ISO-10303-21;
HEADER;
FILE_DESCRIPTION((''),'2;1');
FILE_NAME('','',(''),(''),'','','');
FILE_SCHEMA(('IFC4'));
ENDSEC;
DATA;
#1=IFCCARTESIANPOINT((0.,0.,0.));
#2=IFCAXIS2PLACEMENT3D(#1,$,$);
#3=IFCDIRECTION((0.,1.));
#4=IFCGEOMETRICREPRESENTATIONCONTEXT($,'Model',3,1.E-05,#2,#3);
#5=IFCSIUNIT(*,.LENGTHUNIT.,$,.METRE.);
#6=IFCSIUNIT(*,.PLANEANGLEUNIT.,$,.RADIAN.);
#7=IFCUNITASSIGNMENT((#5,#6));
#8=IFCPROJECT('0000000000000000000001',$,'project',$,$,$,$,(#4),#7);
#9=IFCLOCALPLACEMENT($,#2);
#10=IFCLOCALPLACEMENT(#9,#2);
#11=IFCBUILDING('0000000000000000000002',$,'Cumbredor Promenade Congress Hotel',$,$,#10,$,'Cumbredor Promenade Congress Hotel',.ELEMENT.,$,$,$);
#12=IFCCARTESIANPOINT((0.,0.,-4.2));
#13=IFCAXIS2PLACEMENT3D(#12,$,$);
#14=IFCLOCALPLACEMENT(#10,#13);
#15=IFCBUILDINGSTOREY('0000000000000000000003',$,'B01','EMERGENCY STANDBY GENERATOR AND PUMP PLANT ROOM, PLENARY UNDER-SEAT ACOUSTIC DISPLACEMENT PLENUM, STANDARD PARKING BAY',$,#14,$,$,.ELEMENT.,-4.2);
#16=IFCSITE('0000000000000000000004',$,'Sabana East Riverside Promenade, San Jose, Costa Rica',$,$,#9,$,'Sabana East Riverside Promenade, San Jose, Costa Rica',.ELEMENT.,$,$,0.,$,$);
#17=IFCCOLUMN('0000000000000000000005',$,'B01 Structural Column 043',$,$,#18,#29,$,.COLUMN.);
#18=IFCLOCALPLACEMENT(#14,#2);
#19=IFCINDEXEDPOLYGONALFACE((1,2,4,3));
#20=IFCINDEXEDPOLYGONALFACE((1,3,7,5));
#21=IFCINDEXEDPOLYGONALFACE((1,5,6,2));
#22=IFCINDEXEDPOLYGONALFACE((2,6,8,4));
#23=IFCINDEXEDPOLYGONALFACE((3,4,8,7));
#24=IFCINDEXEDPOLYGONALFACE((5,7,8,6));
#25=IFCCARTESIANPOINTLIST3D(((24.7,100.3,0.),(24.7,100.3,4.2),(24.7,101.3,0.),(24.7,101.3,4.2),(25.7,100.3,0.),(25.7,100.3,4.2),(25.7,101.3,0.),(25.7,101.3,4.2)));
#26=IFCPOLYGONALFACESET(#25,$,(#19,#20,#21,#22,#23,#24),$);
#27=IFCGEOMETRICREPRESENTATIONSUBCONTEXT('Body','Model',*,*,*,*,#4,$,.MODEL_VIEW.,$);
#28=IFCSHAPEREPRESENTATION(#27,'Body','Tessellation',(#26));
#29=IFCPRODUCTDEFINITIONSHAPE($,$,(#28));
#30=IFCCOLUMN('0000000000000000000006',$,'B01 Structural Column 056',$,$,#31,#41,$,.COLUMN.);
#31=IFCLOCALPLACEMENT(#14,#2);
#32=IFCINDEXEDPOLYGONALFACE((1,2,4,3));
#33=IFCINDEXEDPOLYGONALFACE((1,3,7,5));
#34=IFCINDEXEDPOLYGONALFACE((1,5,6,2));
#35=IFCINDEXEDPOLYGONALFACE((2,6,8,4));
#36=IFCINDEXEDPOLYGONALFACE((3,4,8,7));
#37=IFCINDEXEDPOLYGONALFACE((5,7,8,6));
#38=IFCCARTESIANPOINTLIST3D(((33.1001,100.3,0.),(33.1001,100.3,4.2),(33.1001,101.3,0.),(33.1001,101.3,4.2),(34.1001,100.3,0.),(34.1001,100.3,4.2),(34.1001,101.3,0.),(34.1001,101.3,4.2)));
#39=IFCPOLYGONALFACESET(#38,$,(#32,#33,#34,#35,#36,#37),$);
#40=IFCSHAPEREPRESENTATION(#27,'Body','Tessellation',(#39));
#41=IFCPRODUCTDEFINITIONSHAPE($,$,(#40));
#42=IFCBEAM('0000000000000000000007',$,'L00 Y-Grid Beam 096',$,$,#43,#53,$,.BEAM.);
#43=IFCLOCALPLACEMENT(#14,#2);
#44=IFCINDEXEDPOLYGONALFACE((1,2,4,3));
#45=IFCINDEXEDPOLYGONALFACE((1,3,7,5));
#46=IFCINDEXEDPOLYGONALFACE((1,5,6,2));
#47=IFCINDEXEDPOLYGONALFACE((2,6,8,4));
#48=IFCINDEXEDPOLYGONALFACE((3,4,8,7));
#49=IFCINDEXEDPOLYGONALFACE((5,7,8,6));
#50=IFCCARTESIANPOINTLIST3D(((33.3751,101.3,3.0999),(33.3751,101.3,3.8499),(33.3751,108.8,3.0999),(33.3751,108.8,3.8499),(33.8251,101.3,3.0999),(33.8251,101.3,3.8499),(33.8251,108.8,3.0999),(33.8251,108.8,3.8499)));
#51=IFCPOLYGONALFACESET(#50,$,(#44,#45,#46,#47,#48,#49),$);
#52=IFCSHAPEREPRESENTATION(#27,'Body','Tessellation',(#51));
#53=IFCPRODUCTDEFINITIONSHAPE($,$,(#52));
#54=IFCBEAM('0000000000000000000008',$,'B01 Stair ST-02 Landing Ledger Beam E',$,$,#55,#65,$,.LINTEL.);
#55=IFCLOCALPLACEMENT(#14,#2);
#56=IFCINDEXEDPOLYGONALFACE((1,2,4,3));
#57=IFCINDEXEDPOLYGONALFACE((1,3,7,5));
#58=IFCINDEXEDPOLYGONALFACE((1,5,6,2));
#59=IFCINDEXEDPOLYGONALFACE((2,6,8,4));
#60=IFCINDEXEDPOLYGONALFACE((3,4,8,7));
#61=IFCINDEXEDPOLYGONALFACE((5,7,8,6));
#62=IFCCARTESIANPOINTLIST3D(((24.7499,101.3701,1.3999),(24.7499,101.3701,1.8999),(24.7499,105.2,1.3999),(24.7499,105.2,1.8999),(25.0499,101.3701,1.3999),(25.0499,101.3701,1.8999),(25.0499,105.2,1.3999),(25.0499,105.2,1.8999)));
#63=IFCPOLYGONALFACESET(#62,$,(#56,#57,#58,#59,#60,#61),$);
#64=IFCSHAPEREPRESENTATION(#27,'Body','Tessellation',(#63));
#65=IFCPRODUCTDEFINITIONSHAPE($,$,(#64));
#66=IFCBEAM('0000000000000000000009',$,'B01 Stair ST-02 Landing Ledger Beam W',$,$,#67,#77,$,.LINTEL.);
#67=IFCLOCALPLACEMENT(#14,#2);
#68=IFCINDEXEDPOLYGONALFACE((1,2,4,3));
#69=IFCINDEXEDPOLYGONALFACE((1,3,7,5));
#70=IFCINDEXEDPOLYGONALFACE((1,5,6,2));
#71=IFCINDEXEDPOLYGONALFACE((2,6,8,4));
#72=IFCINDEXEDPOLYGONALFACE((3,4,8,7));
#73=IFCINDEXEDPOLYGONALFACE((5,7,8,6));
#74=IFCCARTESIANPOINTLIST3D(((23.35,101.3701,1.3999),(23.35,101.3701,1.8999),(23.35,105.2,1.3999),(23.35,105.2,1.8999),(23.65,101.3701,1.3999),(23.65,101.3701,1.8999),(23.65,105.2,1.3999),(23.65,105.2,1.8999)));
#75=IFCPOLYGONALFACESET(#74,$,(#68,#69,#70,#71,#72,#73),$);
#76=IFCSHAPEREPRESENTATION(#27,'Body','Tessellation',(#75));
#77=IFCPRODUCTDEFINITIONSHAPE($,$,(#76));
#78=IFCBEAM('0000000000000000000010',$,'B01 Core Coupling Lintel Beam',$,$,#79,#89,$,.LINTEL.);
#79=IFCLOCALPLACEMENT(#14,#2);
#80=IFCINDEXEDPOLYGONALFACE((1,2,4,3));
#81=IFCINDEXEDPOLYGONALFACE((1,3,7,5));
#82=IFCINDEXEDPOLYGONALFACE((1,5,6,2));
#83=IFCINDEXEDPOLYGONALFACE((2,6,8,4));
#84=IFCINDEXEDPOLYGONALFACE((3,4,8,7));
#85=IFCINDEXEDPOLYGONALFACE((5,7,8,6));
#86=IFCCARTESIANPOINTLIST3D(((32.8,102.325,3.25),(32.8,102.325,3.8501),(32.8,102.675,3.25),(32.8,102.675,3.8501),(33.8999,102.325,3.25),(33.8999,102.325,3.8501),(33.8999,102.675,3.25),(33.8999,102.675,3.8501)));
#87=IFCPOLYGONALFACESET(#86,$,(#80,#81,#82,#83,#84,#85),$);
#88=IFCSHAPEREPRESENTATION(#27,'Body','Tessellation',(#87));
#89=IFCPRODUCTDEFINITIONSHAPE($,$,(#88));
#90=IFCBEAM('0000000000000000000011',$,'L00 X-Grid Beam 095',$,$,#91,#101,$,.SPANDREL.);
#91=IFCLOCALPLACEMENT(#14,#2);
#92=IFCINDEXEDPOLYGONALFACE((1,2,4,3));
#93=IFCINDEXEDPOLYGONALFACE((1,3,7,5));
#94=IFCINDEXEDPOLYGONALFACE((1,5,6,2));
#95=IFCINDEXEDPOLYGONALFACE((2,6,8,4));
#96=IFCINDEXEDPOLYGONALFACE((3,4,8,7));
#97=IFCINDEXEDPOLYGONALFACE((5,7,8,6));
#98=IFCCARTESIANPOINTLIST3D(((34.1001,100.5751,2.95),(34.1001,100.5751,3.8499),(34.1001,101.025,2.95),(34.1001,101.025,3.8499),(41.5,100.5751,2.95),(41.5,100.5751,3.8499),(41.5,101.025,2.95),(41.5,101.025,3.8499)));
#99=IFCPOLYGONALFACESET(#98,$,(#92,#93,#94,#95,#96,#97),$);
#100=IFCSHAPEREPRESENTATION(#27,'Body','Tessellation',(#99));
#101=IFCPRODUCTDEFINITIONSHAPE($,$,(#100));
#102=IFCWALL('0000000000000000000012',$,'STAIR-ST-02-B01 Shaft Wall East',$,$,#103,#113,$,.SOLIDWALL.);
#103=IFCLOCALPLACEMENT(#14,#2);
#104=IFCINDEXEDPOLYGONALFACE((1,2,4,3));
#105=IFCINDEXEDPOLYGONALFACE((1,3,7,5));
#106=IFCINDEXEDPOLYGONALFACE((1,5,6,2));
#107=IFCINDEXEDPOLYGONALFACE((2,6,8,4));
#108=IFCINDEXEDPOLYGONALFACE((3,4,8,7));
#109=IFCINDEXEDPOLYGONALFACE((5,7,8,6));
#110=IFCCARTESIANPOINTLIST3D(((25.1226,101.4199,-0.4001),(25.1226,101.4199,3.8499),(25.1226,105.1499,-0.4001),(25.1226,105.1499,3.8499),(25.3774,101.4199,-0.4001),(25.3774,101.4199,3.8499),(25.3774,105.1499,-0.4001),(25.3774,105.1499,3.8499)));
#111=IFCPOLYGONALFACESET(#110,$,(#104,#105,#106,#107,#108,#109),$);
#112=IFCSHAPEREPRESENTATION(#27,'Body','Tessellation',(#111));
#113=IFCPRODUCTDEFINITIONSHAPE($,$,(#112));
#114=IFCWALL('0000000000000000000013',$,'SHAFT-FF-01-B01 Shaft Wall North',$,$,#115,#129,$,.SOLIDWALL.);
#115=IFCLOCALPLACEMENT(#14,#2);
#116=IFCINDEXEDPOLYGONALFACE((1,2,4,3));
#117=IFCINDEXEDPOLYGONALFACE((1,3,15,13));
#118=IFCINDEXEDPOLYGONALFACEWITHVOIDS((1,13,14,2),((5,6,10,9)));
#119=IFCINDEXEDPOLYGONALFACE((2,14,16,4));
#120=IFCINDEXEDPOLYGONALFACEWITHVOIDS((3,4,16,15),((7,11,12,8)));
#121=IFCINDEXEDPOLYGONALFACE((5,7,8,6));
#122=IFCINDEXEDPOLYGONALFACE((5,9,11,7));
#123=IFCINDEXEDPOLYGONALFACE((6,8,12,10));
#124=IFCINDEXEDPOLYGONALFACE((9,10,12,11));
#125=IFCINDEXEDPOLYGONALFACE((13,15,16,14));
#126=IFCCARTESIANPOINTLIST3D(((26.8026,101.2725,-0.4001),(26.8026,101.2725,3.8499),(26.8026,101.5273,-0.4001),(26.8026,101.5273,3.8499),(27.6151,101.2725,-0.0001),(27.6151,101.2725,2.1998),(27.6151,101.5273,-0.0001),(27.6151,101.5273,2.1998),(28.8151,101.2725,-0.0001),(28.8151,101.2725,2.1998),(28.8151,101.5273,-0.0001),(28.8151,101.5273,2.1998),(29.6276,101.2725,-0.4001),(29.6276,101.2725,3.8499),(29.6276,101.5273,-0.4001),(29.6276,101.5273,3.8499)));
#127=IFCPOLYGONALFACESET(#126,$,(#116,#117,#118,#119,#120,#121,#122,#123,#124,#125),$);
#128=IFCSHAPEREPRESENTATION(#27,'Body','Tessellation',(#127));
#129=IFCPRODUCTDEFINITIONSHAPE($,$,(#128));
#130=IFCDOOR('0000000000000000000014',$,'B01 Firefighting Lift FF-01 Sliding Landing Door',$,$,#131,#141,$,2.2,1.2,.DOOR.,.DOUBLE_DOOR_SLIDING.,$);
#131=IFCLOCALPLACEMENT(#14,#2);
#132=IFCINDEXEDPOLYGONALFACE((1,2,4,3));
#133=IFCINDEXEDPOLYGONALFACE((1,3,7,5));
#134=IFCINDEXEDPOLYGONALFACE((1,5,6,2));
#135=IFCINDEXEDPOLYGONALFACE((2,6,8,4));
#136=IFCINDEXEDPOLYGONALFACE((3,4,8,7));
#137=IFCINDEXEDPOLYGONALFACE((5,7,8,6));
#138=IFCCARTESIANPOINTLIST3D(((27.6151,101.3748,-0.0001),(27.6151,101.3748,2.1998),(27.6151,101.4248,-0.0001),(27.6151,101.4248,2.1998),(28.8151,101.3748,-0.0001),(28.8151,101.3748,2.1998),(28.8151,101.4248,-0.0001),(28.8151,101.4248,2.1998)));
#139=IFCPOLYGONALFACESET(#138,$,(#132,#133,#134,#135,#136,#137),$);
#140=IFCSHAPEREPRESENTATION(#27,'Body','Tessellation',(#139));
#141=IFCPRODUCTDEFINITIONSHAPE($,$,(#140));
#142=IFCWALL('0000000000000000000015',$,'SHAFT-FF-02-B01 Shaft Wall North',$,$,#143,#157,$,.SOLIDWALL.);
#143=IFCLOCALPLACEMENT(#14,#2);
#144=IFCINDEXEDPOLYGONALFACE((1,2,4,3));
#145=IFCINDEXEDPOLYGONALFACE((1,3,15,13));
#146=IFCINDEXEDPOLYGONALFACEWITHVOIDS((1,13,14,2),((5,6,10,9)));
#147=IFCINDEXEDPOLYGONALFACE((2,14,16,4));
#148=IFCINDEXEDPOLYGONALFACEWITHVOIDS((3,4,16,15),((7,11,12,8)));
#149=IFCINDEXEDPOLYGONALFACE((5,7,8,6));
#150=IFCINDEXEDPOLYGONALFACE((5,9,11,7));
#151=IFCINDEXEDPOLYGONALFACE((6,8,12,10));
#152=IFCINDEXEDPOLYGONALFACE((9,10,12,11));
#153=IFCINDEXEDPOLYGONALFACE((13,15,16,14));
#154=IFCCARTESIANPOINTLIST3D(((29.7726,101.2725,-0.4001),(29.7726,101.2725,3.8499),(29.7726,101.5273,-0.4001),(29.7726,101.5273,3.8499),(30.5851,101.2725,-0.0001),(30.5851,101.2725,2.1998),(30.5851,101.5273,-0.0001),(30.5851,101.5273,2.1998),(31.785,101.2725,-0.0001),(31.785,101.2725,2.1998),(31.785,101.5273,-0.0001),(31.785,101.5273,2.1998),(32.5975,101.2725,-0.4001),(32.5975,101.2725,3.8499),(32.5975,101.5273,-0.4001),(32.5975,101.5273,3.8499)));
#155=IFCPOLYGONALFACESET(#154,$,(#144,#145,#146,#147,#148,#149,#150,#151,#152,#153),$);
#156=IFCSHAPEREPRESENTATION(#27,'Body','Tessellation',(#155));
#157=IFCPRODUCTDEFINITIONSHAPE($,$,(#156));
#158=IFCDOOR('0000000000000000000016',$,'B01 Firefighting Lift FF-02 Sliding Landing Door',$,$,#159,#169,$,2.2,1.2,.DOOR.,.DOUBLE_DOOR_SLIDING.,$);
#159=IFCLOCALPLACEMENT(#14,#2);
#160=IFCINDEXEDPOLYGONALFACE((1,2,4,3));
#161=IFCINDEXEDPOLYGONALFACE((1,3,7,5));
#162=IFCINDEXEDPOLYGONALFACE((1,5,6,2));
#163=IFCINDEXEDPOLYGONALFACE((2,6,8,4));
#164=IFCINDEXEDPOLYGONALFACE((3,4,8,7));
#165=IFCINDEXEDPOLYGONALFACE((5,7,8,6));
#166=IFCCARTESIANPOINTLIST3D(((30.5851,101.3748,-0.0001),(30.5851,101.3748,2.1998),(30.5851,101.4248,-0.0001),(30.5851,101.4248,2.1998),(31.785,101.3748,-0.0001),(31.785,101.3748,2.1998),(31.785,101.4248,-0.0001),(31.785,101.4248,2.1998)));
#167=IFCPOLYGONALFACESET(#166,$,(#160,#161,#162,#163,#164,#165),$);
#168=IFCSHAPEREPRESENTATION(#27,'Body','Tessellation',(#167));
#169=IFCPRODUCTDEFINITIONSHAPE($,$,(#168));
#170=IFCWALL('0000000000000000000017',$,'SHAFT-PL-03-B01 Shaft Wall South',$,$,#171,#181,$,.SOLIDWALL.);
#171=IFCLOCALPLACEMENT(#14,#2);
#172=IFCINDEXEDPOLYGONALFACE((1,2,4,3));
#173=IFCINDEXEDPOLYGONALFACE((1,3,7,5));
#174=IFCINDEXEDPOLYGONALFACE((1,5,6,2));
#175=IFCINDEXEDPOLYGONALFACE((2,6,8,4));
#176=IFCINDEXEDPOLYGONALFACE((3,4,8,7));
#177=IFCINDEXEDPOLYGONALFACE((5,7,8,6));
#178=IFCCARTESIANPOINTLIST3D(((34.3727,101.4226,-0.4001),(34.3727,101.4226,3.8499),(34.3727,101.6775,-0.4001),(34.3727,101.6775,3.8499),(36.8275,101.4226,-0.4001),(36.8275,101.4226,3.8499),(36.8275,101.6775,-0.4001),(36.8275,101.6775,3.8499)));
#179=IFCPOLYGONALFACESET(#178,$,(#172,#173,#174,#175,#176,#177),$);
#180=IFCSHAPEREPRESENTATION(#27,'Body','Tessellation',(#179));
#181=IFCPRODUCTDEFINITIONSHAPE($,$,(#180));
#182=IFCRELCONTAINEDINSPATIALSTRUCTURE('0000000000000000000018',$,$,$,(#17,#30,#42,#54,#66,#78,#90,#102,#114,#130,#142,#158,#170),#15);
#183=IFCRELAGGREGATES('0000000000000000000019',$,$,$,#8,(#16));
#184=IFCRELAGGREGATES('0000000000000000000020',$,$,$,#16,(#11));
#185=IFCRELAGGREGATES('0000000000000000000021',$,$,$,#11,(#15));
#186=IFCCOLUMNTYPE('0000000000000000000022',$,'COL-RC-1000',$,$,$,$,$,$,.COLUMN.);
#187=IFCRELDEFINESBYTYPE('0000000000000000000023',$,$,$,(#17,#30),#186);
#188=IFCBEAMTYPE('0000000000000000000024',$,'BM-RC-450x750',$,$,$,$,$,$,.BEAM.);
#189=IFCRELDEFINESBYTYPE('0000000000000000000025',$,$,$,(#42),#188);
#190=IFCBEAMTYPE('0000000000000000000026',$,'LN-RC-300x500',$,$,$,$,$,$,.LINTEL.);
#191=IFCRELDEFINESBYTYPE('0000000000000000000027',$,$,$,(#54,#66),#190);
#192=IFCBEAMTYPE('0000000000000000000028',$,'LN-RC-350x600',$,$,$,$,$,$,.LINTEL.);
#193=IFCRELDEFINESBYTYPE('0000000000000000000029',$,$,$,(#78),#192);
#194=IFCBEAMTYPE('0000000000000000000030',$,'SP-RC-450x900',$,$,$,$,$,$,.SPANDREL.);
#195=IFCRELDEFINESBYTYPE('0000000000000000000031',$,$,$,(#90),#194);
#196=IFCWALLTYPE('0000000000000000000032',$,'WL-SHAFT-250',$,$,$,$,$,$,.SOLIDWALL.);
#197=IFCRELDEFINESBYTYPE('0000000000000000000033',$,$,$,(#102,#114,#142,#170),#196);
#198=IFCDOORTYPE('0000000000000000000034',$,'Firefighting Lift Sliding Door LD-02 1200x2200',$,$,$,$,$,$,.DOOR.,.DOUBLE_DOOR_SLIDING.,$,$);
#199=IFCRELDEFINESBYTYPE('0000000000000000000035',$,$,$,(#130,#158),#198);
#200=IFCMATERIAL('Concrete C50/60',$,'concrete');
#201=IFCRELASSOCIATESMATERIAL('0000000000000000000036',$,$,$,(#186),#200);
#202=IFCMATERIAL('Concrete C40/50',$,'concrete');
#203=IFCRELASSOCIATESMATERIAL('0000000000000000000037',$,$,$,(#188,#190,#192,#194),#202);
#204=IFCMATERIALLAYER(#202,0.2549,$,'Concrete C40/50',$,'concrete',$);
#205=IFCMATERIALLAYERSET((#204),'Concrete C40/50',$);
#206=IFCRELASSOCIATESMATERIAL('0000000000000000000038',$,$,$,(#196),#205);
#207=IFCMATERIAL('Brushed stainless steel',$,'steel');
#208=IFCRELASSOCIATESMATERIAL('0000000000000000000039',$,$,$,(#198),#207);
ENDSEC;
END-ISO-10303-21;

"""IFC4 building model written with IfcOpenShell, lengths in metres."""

from ifc_helpers import new_model, si_unit, direction, frame, frame_2d, origin, origin_2d, place, context, subcontext, project, spatial, rectangle, extrude, material, layer, layer_set, material_profile, profile_set, type_object, element, fill, save


model = new_model("IFC4")

# Units and contexts
model_context = context("Model", 3, precision=1e-05, world=origin(), true_north=direction((0.0, 1.0)))
body_context = subcontext(model_context, "Body", "Model", "MODEL_VIEW")
ifc_project = project(units=[si_unit("LENGTHUNIT", "METRE"), si_unit("PLANEANGLEUNIT", "RADIAN")], contexts=[model_context])

# Site, building, storey
site_placement = place(None, origin())
site = spatial("IfcSite", under=ifc_project, at=site_placement, Name="Sabana East Riverside Promenade, San Jose, Costa Rica", LongName="Sabana East Riverside Promenade, San Jose, Costa Rica", CompositionType="ELEMENT", RefElevation=0.0)
building_placement = place(site_placement, origin())
building = spatial("IfcBuilding", under=site, at=building_placement, Name="Cumbredor Promenade Congress Hotel", LongName="Cumbredor Promenade Congress Hotel", CompositionType="ELEMENT")
storey_placement = place(building_placement, frame((0.0, 0.0, -4.2)))
storey = spatial("IfcBuildingStorey", under=building, at=storey_placement, Name="B01", Description="EMERGENCY STANDBY GENERATOR AND PUMP PLANT ROOM, PLENARY UNDER-SEAT ACOUSTIC DISPLACEMENT PLENUM, STANDARD PARKING BAY", CompositionType="ELEMENT", Elevation=-4.2)

# Columns
ifc_material_1 = material(Name="Concrete C50/60", Category="concrete")
ifc_material_profile_1 = material_profile(ifc_material_1, rectangle(XDim=1.0, YDim=1.0, at=origin_2d()), Name="RC 1000x1000")
ifc_profile_set_1 = profile_set([ifc_material_profile_1], Name="Concrete C50/60")
column_type = type_object("IfcColumnType", Name="COL-RC-1000", PredefinedType="COLUMN", material=ifc_profile_set_1)
for number, where, z_axis, x_axis, name in (
    (1, (25.2, 100.8, 0.0), (0.0, 0.0, 1.0), (1.0, 0.0, 0.0), "B01 Structural Column 043"),
    (2, (33.6001, 100.8, 0.0), (0.0, 0.0, 1.0), (1.0, 0.0, 0.0), "B01 Structural Column 056"),
):
    element("IfcColumn", number, at=place(storey_placement, frame(where, z_axis=z_axis, x_axis=x_axis)), inside=storey, type_object=column_type, Name=name, PredefinedType="COLUMN", context=body_context, shape_type="SweptSolid", body=[
        extrude(rectangle(XDim=1.0, YDim=1.0, at=origin_2d()), origin(), (0.0, 0.0, 1.0), 4.2),
    ])

# Beams
ifc_material_2 = material(Name="Concrete C40/50", Category="concrete")
ifc_material_profile_2 = material_profile(ifc_material_2, rectangle(XDim=0.45, YDim=0.75, at=origin_2d()), Name="RC BEAM 450x750")
ifc_profile_set_2 = profile_set([ifc_material_profile_2], Name="Concrete C40/50")
beam_type_1 = type_object("IfcBeamType", Name="BM-RC-450x750", PredefinedType="BEAM", material=ifc_profile_set_2)
beam_1_placement = place(storey_placement, frame((33.6001, 101.3, 3.4749), z_axis=(0.0, 1.0, 0.0), x_axis=(-1.0, 0.0, 0.0)))
element("IfcBeam", 3, at=beam_1_placement, inside=storey, type_object=beam_type_1, Name="L00 Y-Grid Beam 096", PredefinedType="BEAM", context=body_context, shape_type="SweptSolid", body=[
    extrude(rectangle(XDim=0.45, YDim=0.75, at=origin_2d()), origin(), (0.0, 0.0, 1.0), 7.5),
])
ifc_material_profile_3 = material_profile(ifc_material_2, rectangle(XDim=0.3, YDim=0.5, at=origin_2d()), Name="RC LINTEL 300x500")
ifc_profile_set_3 = profile_set([ifc_material_profile_3], Name="Concrete C40/50")
beam_type_2 = type_object("IfcBeamType", Name="LN-RC-300x500", PredefinedType="LINTEL", material=ifc_profile_set_3)
for number, where, z_axis, x_axis, name in (
    (4, (24.8999, 101.3701, 1.6499), (0.0, 1.0, 0.0), (-1.0, 0.0, 0.0), "B01 Stair ST-02 Landing Ledger Beam E"),
    (5, (23.5, 101.3701, 1.6499), (0.0, 1.0, 0.0), (-1.0, 0.0, 0.0), "B01 Stair ST-02 Landing Ledger Beam W"),
):
    element("IfcBeam", number, at=place(storey_placement, frame(where, z_axis=z_axis, x_axis=x_axis)), inside=storey, type_object=beam_type_2, Name=name, PredefinedType="LINTEL", context=body_context, shape_type="SweptSolid", body=[
        extrude(rectangle(XDim=0.3, YDim=0.5, at=origin_2d()), origin(), (0.0, 0.0, 1.0), 3.8298),
    ])
ifc_material_profile_4 = material_profile(ifc_material_2, rectangle(XDim=0.3501, YDim=0.6001, at=origin_2d()), Name="RC LINTEL 350x600")
ifc_profile_set_4 = profile_set([ifc_material_profile_4], Name="Concrete C40/50")
beam_type_3 = type_object("IfcBeamType", Name="LN-RC-350x600", PredefinedType="LINTEL", material=ifc_profile_set_4)
beam_2_placement = place(storey_placement, frame((32.8, 102.5, 3.55), z_axis=(1.0, 0.0, 0.0), x_axis=(0.0, 1.0, 0.0)))
element("IfcBeam", 6, at=beam_2_placement, inside=storey, type_object=beam_type_3, Name="B01 Core Coupling Lintel Beam", PredefinedType="LINTEL", context=body_context, shape_type="SweptSolid", body=[
    extrude(rectangle(XDim=0.3501, YDim=0.6001, at=origin_2d()), origin(), (0.0, 0.0, 1.0), 1.0999),
])
ifc_material_profile_5 = material_profile(ifc_material_2, rectangle(XDim=0.45, YDim=0.8999, at=origin_2d()), Name="RC SPANDREL 450x900")
ifc_profile_set_5 = profile_set([ifc_material_profile_5], Name="Concrete C40/50")
beam_type_4 = type_object("IfcBeamType", Name="SP-RC-450x900", PredefinedType="SPANDREL", material=ifc_profile_set_5)
beam_3_placement = place(storey_placement, frame((34.1001, 100.8, 3.3999), z_axis=(1.0, 0.0, 0.0), x_axis=(0.0, 1.0, 0.0)))
element("IfcBeam", 7, at=beam_3_placement, inside=storey, type_object=beam_type_4, Name="L00 X-Grid Beam 095", PredefinedType="SPANDREL", context=body_context, shape_type="SweptSolid", body=[
    extrude(rectangle(XDim=0.45, YDim=0.8999, at=origin_2d()), origin(), (0.0, 0.0, 1.0), 7.3999),
])

# Wall
ifc_layer_1 = layer(ifc_material_2, 0.2549, Name="Concrete C40/50", Category="concrete")
ifc_layer_set_1 = layer_set([ifc_layer_1], Name="Concrete C40/50")
wall_type_1 = type_object("IfcWallType", Name="WL-SHAFT-250", PredefinedType="SOLIDWALL", material=ifc_layer_set_1)
wall_1_placement = place(storey_placement, frame((25.25, 101.4199, -0.4001), z_axis=(0.0, 0.0, 1.0), x_axis=(0.0, 1.0, 0.0)))
element("IfcWall", 8, at=wall_1_placement, inside=storey, type_object=wall_type_1, Name="STAIR-ST-02-B01 Shaft Wall East", PredefinedType="SOLIDWALL", context=body_context, shape_type="SweptSolid", body=[
    extrude(rectangle(XDim=3.73, YDim=0.2549, at=frame_2d((1.865, 0.0))), origin(), (0.0, 0.0, 1.0), 4.25),
])

# Walls, openings, doors
wall_2_placement = place(storey_placement, frame((26.8025, 101.3999, -0.4001), z_axis=(0.0, 0.0, 1.0), x_axis=(1.0, 0.0, 0.0)))
wall_2 = element("IfcWall", 9, at=wall_2_placement, inside=storey, type_object=wall_type_1, Name="SHAFT-FF-01-B01 Shaft Wall North", PredefinedType="SOLIDWALL", context=body_context, shape_type="SweptSolid", body=[
    extrude(rectangle(XDim=2.825, YDim=0.2549, at=frame_2d((1.4126, 0.0))), origin(), (0.0, 0.0, 1.0), 4.25),
])
opening_1_placement = place(wall_2_placement, frame((0.8125, 0.0, 0.3999)))
opening_1 = element("IfcOpeningElement", 10, at=opening_1_placement, cuts=wall_2, PredefinedType="OPENING", context=body_context, shape_type="SweptSolid", body=[
    extrude(rectangle(XDim=1.2, YDim=2.2, at=frame_2d((0.6001, 1.1001))), frame((0.0, 0.1375, 0.0), z_axis=(0.0, -1.0, 0.0), x_axis=(1.0, 0.0, 0.0)), (0.0, 0.0, 1.0), 0.2749),
])
ifc_material_3 = material(Name="Brushed stainless steel", Category="steel")
door_type_1 = type_object("IfcDoorType", Name="Firefighting Lift Sliding Door LD-02 1200x2200", OperationType="DOUBLE_DOOR_SLIDING", PredefinedType="DOOR", material=ifc_material_3)
door_1_placement = place(opening_1_placement, origin())
door_1 = element("IfcDoor", 11, at=door_1_placement, inside=storey, type_object=door_type_1, Name="B01 Firefighting Lift FF-01 Sliding Landing Door", OperationType="DOUBLE_DOOR_SLIDING", OverallHeight=2.2, OverallWidth=1.2, PredefinedType="DOOR", context=body_context, shape_type="SweptSolid", body=[
    extrude(rectangle(XDim=1.2, YDim=2.2, at=frame_2d((0.6001, 1.1001))), frame((0.0, 0.0249, 0.0), z_axis=(0.0, -1.0, 0.0), x_axis=(1.0, 0.0, 0.0)), (0.0, 0.0, 1.0), 0.05),
])
fill(opening_1, door_1)
wall_3_placement = place(storey_placement, frame((29.7725, 101.3999, -0.4001), z_axis=(0.0, 0.0, 1.0), x_axis=(1.0, 0.0, 0.0)))
wall_3 = element("IfcWall", 12, at=wall_3_placement, inside=storey, type_object=wall_type_1, Name="SHAFT-FF-02-B01 Shaft Wall North", PredefinedType="SOLIDWALL", context=body_context, shape_type="SweptSolid", body=[
    extrude(rectangle(XDim=2.825, YDim=0.2549, at=frame_2d((1.4126, 0.0))), origin(), (0.0, 0.0, 1.0), 4.25),
])
opening_2_placement = place(wall_3_placement, frame((0.8125, 0.0, 0.3999)))
opening_2 = element("IfcOpeningElement", 13, at=opening_2_placement, cuts=wall_3, PredefinedType="OPENING", context=body_context, shape_type="SweptSolid", body=[
    extrude(rectangle(XDim=1.2, YDim=2.2, at=frame_2d((0.6001, 1.1001))), frame((0.0, 0.1375, 0.0), z_axis=(0.0, -1.0, 0.0), x_axis=(1.0, 0.0, 0.0)), (0.0, 0.0, 1.0), 0.2749),
])
door_2_placement = place(opening_2_placement, origin())
door_2 = element("IfcDoor", 14, at=door_2_placement, inside=storey, type_object=door_type_1, Name="B01 Firefighting Lift FF-02 Sliding Landing Door", OperationType="DOUBLE_DOOR_SLIDING", OverallHeight=2.2, OverallWidth=1.2, PredefinedType="DOOR", context=body_context, shape_type="SweptSolid", body=[
    extrude(rectangle(XDim=1.2, YDim=2.2, at=frame_2d((0.6001, 1.1001))), frame((0.0, 0.0249, 0.0), z_axis=(0.0, -1.0, 0.0), x_axis=(1.0, 0.0, 0.0)), (0.0, 0.0, 1.0), 0.05),
])
fill(opening_2, door_2)

# Wall
wall_4_placement = place(storey_placement, frame((34.3726, 101.55, -0.4001), z_axis=(0.0, 0.0, 1.0), x_axis=(1.0, 0.0, 0.0)))
element("IfcWall", 15, at=wall_4_placement, inside=storey, type_object=wall_type_1, Name="SHAFT-PL-03-B01 Shaft Wall South", PredefinedType="SOLIDWALL", context=body_context, shape_type="SweptSolid", body=[
    extrude(rectangle(XDim=2.4548, YDim=0.2549, at=frame_2d((1.2275, 0.0))), origin(), (0.0, 0.0, 1.0), 4.25),
])

save(model, "model.ifc")
